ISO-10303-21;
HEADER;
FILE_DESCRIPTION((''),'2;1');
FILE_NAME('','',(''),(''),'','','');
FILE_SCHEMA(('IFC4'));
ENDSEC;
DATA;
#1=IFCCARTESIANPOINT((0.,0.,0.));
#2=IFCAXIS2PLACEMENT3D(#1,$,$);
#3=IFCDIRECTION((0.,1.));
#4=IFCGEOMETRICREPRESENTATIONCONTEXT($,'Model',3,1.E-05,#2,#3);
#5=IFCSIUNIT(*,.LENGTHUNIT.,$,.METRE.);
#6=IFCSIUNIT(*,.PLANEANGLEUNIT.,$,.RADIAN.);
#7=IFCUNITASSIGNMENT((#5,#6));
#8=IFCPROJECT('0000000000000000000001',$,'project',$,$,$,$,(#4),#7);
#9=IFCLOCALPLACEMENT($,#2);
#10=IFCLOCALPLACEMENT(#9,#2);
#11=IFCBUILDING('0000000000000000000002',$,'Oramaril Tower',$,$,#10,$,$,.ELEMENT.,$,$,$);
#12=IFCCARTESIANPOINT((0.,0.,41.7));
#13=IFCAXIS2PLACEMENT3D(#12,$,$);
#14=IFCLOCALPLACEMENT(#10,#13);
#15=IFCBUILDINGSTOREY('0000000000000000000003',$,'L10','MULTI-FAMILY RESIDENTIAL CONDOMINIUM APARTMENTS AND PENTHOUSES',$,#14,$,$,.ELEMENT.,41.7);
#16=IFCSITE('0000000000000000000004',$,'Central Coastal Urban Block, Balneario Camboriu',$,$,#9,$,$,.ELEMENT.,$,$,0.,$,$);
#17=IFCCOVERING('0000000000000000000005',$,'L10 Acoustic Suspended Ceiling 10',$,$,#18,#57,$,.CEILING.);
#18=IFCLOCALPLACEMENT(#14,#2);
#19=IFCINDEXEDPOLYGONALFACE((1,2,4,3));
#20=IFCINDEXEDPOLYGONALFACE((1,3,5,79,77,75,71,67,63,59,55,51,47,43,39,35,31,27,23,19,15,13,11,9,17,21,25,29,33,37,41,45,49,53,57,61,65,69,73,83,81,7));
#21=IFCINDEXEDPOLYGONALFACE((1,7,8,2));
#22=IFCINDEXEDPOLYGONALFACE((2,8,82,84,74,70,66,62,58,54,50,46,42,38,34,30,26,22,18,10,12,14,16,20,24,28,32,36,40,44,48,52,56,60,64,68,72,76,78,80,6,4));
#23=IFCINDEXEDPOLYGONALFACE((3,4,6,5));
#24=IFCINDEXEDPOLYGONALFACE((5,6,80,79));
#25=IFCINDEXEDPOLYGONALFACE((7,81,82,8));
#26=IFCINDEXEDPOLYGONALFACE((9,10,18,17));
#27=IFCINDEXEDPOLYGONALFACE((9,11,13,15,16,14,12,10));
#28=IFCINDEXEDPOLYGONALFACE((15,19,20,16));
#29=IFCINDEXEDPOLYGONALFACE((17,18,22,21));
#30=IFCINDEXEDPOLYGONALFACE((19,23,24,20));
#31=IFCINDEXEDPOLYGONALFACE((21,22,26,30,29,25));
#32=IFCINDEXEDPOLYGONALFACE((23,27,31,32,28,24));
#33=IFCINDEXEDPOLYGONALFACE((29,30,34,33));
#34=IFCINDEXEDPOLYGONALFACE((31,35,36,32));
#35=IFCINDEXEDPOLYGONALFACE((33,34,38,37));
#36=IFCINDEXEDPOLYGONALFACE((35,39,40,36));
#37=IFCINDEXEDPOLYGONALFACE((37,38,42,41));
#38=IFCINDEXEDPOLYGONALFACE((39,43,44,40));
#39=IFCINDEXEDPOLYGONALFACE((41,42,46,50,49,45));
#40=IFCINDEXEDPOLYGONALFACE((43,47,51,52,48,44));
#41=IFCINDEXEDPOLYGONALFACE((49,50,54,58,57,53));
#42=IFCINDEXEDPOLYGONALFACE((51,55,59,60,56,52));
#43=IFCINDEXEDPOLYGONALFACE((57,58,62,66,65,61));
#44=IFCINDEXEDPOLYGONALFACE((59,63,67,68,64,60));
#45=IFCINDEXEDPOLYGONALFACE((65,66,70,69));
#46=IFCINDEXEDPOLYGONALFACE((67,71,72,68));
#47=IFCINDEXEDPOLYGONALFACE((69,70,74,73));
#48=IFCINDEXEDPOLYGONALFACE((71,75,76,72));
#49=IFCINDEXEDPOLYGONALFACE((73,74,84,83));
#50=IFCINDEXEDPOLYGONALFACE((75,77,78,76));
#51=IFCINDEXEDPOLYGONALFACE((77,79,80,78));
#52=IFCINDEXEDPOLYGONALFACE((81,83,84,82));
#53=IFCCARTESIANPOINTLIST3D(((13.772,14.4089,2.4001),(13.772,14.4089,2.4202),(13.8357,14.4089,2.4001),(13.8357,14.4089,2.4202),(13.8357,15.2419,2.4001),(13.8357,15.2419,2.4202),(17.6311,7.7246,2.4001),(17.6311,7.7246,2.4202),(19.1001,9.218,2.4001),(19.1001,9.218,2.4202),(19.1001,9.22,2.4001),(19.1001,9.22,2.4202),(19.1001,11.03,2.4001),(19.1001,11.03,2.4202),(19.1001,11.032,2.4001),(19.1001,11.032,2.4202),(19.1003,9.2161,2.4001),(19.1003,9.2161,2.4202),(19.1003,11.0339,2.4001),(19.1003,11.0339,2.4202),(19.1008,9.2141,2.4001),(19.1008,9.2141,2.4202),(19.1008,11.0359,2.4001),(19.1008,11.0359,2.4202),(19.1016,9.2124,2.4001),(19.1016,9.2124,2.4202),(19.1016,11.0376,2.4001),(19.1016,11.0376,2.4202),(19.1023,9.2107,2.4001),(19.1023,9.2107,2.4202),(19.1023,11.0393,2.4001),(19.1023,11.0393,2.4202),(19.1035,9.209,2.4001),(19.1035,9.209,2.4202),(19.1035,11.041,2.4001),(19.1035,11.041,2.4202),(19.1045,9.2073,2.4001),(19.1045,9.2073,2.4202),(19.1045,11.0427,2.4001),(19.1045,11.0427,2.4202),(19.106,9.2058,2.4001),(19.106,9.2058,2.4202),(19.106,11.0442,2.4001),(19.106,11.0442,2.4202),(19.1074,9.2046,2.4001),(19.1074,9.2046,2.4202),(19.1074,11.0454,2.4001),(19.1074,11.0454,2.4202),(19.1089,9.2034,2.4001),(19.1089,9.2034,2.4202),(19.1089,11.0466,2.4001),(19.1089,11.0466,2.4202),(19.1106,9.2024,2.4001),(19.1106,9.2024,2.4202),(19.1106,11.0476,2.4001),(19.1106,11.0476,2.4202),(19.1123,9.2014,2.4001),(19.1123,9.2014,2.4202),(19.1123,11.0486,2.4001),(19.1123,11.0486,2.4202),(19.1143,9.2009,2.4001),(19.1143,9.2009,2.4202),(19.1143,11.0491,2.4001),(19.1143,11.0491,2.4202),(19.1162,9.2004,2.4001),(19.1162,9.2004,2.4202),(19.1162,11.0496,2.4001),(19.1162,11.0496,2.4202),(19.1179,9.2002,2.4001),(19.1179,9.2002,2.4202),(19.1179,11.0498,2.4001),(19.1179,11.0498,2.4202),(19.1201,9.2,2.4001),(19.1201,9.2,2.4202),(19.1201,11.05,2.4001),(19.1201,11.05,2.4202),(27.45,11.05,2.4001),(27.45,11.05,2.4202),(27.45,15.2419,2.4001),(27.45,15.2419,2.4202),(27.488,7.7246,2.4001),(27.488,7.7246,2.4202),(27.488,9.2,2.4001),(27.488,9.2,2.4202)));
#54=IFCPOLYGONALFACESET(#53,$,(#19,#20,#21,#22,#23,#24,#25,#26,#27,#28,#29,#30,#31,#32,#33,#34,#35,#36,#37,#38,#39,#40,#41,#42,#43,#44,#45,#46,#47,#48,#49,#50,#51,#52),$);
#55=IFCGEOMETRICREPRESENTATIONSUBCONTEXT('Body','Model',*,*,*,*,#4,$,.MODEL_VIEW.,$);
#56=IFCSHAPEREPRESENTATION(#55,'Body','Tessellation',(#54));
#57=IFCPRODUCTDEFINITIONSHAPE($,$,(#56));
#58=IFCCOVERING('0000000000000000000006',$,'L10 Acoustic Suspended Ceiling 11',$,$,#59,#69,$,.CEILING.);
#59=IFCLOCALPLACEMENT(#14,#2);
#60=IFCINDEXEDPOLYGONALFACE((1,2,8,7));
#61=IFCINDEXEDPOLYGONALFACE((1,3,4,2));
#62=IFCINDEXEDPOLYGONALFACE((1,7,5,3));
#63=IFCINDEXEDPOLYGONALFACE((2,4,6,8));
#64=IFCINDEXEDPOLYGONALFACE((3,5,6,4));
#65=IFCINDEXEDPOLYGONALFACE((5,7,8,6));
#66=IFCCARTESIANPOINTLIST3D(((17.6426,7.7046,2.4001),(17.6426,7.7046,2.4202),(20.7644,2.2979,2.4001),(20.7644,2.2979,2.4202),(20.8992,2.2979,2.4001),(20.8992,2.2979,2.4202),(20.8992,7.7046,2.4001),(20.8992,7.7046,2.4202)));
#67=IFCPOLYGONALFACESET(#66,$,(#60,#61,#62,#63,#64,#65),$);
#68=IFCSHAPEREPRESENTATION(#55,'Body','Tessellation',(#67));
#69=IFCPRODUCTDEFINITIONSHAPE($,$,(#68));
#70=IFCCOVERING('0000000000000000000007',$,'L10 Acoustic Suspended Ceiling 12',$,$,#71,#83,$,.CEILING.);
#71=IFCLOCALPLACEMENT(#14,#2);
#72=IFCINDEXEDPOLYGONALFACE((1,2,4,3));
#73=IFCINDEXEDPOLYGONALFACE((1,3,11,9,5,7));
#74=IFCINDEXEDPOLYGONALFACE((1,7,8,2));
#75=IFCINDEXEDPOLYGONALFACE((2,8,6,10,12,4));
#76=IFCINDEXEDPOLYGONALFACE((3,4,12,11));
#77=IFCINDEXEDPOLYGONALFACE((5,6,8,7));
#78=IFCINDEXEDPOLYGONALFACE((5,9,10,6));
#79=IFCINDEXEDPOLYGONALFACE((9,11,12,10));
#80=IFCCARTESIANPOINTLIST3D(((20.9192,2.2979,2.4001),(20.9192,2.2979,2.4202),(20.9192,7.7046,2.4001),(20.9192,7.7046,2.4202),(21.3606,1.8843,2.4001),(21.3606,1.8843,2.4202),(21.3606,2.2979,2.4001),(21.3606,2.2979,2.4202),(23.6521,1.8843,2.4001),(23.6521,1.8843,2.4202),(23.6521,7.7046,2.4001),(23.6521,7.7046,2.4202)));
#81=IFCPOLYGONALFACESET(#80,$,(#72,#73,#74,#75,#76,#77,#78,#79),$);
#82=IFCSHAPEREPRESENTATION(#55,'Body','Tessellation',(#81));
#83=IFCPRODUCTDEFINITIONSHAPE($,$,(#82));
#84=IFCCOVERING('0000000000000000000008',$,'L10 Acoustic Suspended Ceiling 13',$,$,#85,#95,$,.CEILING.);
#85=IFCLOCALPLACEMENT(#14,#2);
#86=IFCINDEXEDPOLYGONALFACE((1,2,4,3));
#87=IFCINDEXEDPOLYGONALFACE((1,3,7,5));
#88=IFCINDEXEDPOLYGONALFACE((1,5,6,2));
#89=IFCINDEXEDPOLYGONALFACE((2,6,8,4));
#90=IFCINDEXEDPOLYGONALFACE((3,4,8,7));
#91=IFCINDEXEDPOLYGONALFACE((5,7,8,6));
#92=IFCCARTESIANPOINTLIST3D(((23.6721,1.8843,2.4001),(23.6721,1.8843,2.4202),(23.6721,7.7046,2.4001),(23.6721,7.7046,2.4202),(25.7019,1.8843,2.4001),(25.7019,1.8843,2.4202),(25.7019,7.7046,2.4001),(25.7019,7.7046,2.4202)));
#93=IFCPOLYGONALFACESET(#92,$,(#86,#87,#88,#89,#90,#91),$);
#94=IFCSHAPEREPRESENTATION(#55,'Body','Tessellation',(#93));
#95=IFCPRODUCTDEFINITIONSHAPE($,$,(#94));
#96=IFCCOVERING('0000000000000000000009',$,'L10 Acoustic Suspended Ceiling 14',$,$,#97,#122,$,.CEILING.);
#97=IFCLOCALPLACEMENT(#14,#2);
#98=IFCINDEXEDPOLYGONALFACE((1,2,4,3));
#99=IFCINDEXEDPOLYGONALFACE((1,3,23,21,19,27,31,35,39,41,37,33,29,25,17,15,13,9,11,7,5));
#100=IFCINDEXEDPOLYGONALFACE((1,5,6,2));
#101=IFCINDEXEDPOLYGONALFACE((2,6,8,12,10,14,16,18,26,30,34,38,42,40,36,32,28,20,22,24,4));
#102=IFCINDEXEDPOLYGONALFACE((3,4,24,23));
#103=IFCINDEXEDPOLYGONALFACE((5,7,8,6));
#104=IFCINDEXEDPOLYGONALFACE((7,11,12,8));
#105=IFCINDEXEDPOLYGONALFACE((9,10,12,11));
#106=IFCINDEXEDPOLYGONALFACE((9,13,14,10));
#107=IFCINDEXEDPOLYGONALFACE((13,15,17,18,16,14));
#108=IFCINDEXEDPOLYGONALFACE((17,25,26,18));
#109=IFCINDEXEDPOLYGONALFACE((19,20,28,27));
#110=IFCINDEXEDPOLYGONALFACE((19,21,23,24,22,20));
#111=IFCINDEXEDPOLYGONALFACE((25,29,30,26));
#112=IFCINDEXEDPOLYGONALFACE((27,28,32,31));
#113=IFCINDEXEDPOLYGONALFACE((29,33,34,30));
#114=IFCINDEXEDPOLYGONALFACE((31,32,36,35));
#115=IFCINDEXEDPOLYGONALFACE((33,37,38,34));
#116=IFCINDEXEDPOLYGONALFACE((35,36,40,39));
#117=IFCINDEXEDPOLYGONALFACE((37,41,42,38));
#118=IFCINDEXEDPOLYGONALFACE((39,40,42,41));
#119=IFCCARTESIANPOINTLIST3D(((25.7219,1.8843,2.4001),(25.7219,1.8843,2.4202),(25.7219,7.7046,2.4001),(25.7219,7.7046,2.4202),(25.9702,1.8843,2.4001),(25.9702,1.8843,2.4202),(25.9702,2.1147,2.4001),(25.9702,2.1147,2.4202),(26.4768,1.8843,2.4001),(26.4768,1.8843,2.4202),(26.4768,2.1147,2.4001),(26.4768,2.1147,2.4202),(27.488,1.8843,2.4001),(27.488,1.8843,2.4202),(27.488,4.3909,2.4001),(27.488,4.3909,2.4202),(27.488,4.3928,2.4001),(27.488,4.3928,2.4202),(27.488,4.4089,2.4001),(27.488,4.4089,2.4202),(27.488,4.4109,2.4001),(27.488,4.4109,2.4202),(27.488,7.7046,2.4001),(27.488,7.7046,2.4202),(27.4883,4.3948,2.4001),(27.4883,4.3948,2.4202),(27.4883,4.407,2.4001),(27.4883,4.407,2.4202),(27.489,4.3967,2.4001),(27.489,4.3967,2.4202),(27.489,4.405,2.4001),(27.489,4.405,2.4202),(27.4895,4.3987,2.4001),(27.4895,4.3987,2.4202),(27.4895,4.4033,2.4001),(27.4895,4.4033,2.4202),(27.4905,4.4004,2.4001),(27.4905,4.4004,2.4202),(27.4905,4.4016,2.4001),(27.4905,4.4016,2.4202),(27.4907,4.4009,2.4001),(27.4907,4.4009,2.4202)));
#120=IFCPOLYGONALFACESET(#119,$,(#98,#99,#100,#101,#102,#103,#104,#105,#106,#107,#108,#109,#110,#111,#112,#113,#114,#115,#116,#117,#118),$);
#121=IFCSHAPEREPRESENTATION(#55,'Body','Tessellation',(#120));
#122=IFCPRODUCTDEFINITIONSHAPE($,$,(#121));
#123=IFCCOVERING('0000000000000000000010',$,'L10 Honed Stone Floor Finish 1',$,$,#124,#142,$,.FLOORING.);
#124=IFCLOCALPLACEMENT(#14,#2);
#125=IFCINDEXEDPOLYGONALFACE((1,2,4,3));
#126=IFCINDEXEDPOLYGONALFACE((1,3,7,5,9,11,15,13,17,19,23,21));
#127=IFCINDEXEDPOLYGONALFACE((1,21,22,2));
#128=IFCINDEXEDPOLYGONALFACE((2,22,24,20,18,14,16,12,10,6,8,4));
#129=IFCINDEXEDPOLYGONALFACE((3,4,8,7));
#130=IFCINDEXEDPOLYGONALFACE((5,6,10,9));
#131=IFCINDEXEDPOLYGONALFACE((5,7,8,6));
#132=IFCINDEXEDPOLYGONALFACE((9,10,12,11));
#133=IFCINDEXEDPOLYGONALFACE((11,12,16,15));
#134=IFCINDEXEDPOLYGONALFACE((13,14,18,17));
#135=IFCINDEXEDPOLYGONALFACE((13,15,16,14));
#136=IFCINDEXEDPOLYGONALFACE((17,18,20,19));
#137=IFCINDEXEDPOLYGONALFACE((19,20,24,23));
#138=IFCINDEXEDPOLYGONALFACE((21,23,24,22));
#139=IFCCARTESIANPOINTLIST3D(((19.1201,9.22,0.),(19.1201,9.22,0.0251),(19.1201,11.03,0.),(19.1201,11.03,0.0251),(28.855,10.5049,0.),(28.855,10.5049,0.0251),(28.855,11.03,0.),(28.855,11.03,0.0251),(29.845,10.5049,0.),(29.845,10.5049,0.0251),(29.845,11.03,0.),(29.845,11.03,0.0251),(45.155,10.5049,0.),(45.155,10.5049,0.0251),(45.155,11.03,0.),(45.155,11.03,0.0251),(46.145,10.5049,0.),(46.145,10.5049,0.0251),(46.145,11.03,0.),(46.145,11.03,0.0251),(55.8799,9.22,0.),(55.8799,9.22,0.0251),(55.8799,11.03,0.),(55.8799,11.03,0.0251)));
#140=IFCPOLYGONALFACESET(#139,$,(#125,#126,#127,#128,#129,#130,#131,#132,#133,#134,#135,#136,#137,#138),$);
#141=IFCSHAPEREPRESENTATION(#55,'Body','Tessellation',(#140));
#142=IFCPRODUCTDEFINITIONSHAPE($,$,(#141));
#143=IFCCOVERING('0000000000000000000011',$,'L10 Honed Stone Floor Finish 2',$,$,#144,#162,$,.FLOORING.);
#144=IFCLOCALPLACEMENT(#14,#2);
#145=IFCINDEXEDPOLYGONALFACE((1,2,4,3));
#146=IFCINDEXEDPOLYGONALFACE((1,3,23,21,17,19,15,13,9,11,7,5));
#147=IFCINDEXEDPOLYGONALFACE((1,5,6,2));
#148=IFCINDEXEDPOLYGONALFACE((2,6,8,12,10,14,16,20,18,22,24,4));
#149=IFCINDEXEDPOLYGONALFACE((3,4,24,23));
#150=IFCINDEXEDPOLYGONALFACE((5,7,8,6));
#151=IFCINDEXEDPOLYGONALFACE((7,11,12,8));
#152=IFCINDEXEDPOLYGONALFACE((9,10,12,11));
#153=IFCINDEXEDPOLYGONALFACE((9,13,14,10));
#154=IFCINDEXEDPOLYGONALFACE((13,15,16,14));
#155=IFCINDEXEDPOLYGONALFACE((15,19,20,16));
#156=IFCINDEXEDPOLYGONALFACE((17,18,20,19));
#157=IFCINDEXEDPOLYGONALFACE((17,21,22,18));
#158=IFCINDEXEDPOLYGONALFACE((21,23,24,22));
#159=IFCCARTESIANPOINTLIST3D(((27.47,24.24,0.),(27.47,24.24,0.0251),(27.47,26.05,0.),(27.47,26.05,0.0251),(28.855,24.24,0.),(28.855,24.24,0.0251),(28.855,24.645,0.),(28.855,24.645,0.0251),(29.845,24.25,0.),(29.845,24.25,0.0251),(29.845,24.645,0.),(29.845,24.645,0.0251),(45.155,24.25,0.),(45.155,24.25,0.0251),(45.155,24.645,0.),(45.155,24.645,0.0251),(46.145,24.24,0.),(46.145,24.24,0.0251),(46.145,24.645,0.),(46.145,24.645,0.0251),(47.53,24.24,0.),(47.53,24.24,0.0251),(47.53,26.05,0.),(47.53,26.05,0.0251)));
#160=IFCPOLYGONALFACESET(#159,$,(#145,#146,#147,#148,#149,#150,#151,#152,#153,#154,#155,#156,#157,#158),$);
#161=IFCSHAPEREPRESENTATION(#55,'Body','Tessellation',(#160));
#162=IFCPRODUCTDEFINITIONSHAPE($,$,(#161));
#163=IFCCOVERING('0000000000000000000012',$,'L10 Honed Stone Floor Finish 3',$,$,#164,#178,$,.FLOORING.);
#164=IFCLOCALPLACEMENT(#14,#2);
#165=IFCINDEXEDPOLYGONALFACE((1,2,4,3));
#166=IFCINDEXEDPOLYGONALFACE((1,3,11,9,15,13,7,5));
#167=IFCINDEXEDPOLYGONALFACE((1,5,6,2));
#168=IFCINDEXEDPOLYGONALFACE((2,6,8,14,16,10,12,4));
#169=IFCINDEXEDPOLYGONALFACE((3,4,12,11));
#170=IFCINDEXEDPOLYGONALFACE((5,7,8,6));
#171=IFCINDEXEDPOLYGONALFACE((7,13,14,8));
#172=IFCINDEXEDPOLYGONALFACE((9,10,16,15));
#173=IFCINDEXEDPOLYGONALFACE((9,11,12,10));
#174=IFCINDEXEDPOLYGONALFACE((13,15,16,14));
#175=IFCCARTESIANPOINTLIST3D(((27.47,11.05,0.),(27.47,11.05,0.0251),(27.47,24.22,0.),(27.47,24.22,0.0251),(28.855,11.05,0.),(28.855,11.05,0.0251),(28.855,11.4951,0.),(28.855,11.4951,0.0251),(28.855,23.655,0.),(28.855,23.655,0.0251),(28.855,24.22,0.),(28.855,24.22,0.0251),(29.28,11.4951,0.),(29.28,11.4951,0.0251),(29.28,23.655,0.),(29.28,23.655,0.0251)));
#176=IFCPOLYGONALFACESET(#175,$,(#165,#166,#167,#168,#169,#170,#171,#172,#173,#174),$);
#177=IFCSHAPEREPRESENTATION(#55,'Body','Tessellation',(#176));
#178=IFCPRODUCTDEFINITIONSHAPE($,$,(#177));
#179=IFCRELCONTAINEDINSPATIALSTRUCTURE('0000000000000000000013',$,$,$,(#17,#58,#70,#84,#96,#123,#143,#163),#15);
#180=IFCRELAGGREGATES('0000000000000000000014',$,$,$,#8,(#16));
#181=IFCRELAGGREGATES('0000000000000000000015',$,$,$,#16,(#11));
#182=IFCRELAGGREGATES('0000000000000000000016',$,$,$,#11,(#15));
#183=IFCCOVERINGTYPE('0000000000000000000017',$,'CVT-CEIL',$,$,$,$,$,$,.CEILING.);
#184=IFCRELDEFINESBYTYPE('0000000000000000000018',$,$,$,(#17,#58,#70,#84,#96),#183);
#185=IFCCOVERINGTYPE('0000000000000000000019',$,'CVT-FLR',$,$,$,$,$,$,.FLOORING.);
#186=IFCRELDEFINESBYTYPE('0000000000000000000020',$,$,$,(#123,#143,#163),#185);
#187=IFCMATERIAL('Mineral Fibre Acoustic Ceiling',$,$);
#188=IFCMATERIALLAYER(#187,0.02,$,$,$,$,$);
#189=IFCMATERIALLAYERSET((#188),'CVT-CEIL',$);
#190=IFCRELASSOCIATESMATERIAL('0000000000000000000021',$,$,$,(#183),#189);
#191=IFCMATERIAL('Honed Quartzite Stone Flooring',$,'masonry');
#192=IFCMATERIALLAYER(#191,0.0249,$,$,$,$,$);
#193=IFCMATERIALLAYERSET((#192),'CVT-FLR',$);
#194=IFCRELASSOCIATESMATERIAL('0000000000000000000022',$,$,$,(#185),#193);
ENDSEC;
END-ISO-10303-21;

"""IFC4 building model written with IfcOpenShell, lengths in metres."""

from ifc_helpers import new_model, si_unit, direction, frame, origin, place, context, subcontext, project, spatial, polyline, outline, extrude, material, layer, layer_set, type_object, element, save


model = new_model("IFC4")

# Units and contexts
model_context = context("Model", 3, precision=1e-05, world=origin(), true_north=direction((0.0, 1.0)))
body_context = subcontext(model_context, "Body", "Model", "MODEL_VIEW")
ifc_project = project(units=[si_unit("LENGTHUNIT", "METRE"), si_unit("PLANEANGLEUNIT", "RADIAN")], contexts=[model_context])

# Site, building, storey
site_placement = place(None, origin())
site = spatial("IfcSite", under=ifc_project, at=site_placement, Name="Central Coastal Urban Block, Balneario Camboriu", CompositionType="ELEMENT", RefElevation=0.0)
building_placement = place(site_placement, origin())
building = spatial("IfcBuilding", under=site, at=building_placement, Name="Oramaril Tower", CompositionType="ELEMENT")
storey_placement = place(building_placement, frame((0.0, 0.0, 41.7)))
storey = spatial("IfcBuildingStorey", under=building, at=storey_placement, Name="L10", Description="MULTI-FAMILY RESIDENTIAL CONDOMINIUM APARTMENTS AND PENTHOUSES", CompositionType="ELEMENT", Elevation=41.7)

# Coverings
ifc_material_1 = material(Name="Mineral Fibre Acoustic Ceiling")
ifc_layer_1 = layer(ifc_material_1, 0.02)
ifc_layer_set_1 = layer_set([ifc_layer_1], Name="CVT-CEIL")
covering_type_1 = type_object("IfcCoveringType", Name="CVT-CEIL", PredefinedType="CEILING", material=ifc_layer_set_1)
covering_1_placement = place(storey_placement, frame((0.0, 0.0, 2.4001)))
element("IfcCovering", 1, at=covering_1_placement, inside=storey, type_object=covering_type_1, Name="L10 Acoustic Suspended Ceiling 10", PredefinedType="CEILING", context=body_context, shape_type="SweptSolid", body=[
    extrude(outline(polyline([(17.6311, 7.7246), (13.772, 14.4089), (13.8357, 14.4089), (13.8357, 15.2419), (27.45, 15.2419), (27.45, 11.05), (19.1201, 11.05), (19.1179, 11.0498), (19.1162, 11.0496), (19.1143, 11.0491), (19.1123, 11.0486), (19.1106, 11.0476), (19.1089, 11.0466), (19.1074, 11.0454), (19.106, 11.0442), (19.1045, 11.0427), (19.1035, 11.041), (19.1023, 11.0393), (19.1016, 11.0376), (19.1008, 11.0359), (19.1003, 11.0339), (19.1001, 11.032), (19.1001, 11.03), (19.1001, 9.22), (19.1001, 9.218), (19.1003, 9.2161), (19.1008, 9.2141), (19.1016, 9.2124), (19.1023, 9.2107), (19.1035, 9.209), (19.1045, 9.2073), (19.106, 9.2058), (19.1074, 9.2046), (19.1089, 9.2034), (19.1106, 9.2024), (19.1123, 9.2014), (19.1143, 9.2009), (19.1162, 9.2004), (19.1179, 9.2002), (19.1201, 9.2), (27.488, 9.2), (27.488, 7.7246), (17.6311, 7.7246)])), origin(), (0.0, 0.0, 1.0), 0.02),
])
covering_2_placement = place(storey_placement, frame((0.0, 0.0, 2.4001)))
element("IfcCovering", 2, at=covering_2_placement, inside=storey, type_object=covering_type_1, Name="L10 Acoustic Suspended Ceiling 11", PredefinedType="CEILING", context=body_context, shape_type="SweptSolid", body=[
    extrude(outline(polyline([(20.7644, 2.2979), (17.6426, 7.7046), (20.8992, 7.7046), (20.8992, 2.2979), (20.7644, 2.2979)])), origin(), (0.0, 0.0, 1.0), 0.02),
])
covering_3_placement = place(storey_placement, frame((0.0, 0.0, 2.4001)))
element("IfcCovering", 3, at=covering_3_placement, inside=storey, type_object=covering_type_1, Name="L10 Acoustic Suspended Ceiling 12", PredefinedType="CEILING", context=body_context, shape_type="SweptSolid", body=[
    extrude(outline(polyline([(21.3606, 1.8843), (21.3606, 2.2979), (20.9192, 2.2979), (20.9192, 7.7046), (23.6521, 7.7046), (23.6521, 1.8843), (21.3606, 1.8843)])), origin(), (0.0, 0.0, 1.0), 0.02),
])
covering_4_placement = place(storey_placement, frame((0.0, 0.0, 2.4001)))
element("IfcCovering", 4, at=covering_4_placement, inside=storey, type_object=covering_type_1, Name="L10 Acoustic Suspended Ceiling 13", PredefinedType="CEILING", context=body_context, shape_type="SweptSolid", body=[
    extrude(outline(polyline([(23.6721, 1.8843), (23.6721, 7.7046), (25.7019, 7.7046), (25.7019, 1.8843), (23.6721, 1.8843)])), origin(), (0.0, 0.0, 1.0), 0.02),
])
covering_5_placement = place(storey_placement, frame((0.0, 0.0, 2.4001)))
element("IfcCovering", 5, at=covering_5_placement, inside=storey, type_object=covering_type_1, Name="L10 Acoustic Suspended Ceiling 14", PredefinedType="CEILING", context=body_context, shape_type="SweptSolid", body=[
    extrude(outline(polyline([(26.4768, 1.8843), (26.4768, 2.1147), (25.9702, 2.1147), (25.9702, 1.8843), (25.7219, 1.8843), (25.7219, 7.7046), (27.488, 7.7046), (27.488, 4.4109), (27.488, 4.4089), (27.4883, 4.407), (27.489, 4.405), (27.4895, 4.4033), (27.4905, 4.4016), (27.4907, 4.4009), (27.4905, 4.4004), (27.4895, 4.3987), (27.489, 4.3967), (27.4883, 4.3948), (27.488, 4.3928), (27.488, 4.3909), (27.488, 1.8843), (26.4768, 1.8843)])), origin(), (0.0, 0.0, 1.0), 0.02),
])
ifc_material_2 = material(Name="Honed Quartzite Stone Flooring", Category="masonry")
ifc_layer_2 = layer(ifc_material_2, 0.0249)
ifc_layer_set_2 = layer_set([ifc_layer_2], Name="CVT-FLR")
covering_type_2 = type_object("IfcCoveringType", Name="CVT-FLR", PredefinedType="FLOORING", material=ifc_layer_set_2)
covering_6_placement = place(storey_placement, origin())
element("IfcCovering", 6, at=covering_6_placement, inside=storey, type_object=covering_type_2, Name="L10 Honed Stone Floor Finish 1", PredefinedType="FLOORING", context=body_context, shape_type="SweptSolid", body=[
    extrude(outline(polyline([(28.855, 10.5049), (29.845, 10.5049), (29.845, 11.03), (45.155, 11.03), (45.155, 10.5049), (46.145, 10.5049), (46.145, 11.03), (55.8799, 11.03), (55.8799, 9.22), (19.1201, 9.22), (19.1201, 11.03), (28.855, 11.03), (28.855, 10.5049)])), origin(), (0.0, 0.0, 1.0), 0.0251),
])
covering_7_placement = place(storey_placement, origin())
element("IfcCovering", 7, at=covering_7_placement, inside=storey, type_object=covering_type_2, Name="L10 Honed Stone Floor Finish 2", PredefinedType="FLOORING", context=body_context, shape_type="SweptSolid", body=[
    extrude(outline(polyline([(47.53, 24.24), (46.145, 24.24), (46.145, 24.645), (45.155, 24.645), (45.155, 24.25), (29.845, 24.25), (29.845, 24.645), (28.855, 24.645), (28.855, 24.24), (27.47, 24.24), (27.47, 26.05), (47.53, 26.05), (47.53, 24.24)])), origin(), (0.0, 0.0, 1.0), 0.0251),
])
covering_8_placement = place(storey_placement, origin())
element("IfcCovering", 8, at=covering_8_placement, inside=storey, type_object=covering_type_2, Name="L10 Honed Stone Floor Finish 3", PredefinedType="FLOORING", context=body_context, shape_type="SweptSolid", body=[
    extrude(outline(polyline([(28.855, 23.655), (29.28, 23.655), (29.28, 11.4951), (28.855, 11.4951), (28.855, 11.05), (27.47, 11.05), (27.47, 24.22), (28.855, 24.22), (28.855, 23.655)])), origin(), (0.0, 0.0, 1.0), 0.0251),
])

save(model, "model.ifc")
